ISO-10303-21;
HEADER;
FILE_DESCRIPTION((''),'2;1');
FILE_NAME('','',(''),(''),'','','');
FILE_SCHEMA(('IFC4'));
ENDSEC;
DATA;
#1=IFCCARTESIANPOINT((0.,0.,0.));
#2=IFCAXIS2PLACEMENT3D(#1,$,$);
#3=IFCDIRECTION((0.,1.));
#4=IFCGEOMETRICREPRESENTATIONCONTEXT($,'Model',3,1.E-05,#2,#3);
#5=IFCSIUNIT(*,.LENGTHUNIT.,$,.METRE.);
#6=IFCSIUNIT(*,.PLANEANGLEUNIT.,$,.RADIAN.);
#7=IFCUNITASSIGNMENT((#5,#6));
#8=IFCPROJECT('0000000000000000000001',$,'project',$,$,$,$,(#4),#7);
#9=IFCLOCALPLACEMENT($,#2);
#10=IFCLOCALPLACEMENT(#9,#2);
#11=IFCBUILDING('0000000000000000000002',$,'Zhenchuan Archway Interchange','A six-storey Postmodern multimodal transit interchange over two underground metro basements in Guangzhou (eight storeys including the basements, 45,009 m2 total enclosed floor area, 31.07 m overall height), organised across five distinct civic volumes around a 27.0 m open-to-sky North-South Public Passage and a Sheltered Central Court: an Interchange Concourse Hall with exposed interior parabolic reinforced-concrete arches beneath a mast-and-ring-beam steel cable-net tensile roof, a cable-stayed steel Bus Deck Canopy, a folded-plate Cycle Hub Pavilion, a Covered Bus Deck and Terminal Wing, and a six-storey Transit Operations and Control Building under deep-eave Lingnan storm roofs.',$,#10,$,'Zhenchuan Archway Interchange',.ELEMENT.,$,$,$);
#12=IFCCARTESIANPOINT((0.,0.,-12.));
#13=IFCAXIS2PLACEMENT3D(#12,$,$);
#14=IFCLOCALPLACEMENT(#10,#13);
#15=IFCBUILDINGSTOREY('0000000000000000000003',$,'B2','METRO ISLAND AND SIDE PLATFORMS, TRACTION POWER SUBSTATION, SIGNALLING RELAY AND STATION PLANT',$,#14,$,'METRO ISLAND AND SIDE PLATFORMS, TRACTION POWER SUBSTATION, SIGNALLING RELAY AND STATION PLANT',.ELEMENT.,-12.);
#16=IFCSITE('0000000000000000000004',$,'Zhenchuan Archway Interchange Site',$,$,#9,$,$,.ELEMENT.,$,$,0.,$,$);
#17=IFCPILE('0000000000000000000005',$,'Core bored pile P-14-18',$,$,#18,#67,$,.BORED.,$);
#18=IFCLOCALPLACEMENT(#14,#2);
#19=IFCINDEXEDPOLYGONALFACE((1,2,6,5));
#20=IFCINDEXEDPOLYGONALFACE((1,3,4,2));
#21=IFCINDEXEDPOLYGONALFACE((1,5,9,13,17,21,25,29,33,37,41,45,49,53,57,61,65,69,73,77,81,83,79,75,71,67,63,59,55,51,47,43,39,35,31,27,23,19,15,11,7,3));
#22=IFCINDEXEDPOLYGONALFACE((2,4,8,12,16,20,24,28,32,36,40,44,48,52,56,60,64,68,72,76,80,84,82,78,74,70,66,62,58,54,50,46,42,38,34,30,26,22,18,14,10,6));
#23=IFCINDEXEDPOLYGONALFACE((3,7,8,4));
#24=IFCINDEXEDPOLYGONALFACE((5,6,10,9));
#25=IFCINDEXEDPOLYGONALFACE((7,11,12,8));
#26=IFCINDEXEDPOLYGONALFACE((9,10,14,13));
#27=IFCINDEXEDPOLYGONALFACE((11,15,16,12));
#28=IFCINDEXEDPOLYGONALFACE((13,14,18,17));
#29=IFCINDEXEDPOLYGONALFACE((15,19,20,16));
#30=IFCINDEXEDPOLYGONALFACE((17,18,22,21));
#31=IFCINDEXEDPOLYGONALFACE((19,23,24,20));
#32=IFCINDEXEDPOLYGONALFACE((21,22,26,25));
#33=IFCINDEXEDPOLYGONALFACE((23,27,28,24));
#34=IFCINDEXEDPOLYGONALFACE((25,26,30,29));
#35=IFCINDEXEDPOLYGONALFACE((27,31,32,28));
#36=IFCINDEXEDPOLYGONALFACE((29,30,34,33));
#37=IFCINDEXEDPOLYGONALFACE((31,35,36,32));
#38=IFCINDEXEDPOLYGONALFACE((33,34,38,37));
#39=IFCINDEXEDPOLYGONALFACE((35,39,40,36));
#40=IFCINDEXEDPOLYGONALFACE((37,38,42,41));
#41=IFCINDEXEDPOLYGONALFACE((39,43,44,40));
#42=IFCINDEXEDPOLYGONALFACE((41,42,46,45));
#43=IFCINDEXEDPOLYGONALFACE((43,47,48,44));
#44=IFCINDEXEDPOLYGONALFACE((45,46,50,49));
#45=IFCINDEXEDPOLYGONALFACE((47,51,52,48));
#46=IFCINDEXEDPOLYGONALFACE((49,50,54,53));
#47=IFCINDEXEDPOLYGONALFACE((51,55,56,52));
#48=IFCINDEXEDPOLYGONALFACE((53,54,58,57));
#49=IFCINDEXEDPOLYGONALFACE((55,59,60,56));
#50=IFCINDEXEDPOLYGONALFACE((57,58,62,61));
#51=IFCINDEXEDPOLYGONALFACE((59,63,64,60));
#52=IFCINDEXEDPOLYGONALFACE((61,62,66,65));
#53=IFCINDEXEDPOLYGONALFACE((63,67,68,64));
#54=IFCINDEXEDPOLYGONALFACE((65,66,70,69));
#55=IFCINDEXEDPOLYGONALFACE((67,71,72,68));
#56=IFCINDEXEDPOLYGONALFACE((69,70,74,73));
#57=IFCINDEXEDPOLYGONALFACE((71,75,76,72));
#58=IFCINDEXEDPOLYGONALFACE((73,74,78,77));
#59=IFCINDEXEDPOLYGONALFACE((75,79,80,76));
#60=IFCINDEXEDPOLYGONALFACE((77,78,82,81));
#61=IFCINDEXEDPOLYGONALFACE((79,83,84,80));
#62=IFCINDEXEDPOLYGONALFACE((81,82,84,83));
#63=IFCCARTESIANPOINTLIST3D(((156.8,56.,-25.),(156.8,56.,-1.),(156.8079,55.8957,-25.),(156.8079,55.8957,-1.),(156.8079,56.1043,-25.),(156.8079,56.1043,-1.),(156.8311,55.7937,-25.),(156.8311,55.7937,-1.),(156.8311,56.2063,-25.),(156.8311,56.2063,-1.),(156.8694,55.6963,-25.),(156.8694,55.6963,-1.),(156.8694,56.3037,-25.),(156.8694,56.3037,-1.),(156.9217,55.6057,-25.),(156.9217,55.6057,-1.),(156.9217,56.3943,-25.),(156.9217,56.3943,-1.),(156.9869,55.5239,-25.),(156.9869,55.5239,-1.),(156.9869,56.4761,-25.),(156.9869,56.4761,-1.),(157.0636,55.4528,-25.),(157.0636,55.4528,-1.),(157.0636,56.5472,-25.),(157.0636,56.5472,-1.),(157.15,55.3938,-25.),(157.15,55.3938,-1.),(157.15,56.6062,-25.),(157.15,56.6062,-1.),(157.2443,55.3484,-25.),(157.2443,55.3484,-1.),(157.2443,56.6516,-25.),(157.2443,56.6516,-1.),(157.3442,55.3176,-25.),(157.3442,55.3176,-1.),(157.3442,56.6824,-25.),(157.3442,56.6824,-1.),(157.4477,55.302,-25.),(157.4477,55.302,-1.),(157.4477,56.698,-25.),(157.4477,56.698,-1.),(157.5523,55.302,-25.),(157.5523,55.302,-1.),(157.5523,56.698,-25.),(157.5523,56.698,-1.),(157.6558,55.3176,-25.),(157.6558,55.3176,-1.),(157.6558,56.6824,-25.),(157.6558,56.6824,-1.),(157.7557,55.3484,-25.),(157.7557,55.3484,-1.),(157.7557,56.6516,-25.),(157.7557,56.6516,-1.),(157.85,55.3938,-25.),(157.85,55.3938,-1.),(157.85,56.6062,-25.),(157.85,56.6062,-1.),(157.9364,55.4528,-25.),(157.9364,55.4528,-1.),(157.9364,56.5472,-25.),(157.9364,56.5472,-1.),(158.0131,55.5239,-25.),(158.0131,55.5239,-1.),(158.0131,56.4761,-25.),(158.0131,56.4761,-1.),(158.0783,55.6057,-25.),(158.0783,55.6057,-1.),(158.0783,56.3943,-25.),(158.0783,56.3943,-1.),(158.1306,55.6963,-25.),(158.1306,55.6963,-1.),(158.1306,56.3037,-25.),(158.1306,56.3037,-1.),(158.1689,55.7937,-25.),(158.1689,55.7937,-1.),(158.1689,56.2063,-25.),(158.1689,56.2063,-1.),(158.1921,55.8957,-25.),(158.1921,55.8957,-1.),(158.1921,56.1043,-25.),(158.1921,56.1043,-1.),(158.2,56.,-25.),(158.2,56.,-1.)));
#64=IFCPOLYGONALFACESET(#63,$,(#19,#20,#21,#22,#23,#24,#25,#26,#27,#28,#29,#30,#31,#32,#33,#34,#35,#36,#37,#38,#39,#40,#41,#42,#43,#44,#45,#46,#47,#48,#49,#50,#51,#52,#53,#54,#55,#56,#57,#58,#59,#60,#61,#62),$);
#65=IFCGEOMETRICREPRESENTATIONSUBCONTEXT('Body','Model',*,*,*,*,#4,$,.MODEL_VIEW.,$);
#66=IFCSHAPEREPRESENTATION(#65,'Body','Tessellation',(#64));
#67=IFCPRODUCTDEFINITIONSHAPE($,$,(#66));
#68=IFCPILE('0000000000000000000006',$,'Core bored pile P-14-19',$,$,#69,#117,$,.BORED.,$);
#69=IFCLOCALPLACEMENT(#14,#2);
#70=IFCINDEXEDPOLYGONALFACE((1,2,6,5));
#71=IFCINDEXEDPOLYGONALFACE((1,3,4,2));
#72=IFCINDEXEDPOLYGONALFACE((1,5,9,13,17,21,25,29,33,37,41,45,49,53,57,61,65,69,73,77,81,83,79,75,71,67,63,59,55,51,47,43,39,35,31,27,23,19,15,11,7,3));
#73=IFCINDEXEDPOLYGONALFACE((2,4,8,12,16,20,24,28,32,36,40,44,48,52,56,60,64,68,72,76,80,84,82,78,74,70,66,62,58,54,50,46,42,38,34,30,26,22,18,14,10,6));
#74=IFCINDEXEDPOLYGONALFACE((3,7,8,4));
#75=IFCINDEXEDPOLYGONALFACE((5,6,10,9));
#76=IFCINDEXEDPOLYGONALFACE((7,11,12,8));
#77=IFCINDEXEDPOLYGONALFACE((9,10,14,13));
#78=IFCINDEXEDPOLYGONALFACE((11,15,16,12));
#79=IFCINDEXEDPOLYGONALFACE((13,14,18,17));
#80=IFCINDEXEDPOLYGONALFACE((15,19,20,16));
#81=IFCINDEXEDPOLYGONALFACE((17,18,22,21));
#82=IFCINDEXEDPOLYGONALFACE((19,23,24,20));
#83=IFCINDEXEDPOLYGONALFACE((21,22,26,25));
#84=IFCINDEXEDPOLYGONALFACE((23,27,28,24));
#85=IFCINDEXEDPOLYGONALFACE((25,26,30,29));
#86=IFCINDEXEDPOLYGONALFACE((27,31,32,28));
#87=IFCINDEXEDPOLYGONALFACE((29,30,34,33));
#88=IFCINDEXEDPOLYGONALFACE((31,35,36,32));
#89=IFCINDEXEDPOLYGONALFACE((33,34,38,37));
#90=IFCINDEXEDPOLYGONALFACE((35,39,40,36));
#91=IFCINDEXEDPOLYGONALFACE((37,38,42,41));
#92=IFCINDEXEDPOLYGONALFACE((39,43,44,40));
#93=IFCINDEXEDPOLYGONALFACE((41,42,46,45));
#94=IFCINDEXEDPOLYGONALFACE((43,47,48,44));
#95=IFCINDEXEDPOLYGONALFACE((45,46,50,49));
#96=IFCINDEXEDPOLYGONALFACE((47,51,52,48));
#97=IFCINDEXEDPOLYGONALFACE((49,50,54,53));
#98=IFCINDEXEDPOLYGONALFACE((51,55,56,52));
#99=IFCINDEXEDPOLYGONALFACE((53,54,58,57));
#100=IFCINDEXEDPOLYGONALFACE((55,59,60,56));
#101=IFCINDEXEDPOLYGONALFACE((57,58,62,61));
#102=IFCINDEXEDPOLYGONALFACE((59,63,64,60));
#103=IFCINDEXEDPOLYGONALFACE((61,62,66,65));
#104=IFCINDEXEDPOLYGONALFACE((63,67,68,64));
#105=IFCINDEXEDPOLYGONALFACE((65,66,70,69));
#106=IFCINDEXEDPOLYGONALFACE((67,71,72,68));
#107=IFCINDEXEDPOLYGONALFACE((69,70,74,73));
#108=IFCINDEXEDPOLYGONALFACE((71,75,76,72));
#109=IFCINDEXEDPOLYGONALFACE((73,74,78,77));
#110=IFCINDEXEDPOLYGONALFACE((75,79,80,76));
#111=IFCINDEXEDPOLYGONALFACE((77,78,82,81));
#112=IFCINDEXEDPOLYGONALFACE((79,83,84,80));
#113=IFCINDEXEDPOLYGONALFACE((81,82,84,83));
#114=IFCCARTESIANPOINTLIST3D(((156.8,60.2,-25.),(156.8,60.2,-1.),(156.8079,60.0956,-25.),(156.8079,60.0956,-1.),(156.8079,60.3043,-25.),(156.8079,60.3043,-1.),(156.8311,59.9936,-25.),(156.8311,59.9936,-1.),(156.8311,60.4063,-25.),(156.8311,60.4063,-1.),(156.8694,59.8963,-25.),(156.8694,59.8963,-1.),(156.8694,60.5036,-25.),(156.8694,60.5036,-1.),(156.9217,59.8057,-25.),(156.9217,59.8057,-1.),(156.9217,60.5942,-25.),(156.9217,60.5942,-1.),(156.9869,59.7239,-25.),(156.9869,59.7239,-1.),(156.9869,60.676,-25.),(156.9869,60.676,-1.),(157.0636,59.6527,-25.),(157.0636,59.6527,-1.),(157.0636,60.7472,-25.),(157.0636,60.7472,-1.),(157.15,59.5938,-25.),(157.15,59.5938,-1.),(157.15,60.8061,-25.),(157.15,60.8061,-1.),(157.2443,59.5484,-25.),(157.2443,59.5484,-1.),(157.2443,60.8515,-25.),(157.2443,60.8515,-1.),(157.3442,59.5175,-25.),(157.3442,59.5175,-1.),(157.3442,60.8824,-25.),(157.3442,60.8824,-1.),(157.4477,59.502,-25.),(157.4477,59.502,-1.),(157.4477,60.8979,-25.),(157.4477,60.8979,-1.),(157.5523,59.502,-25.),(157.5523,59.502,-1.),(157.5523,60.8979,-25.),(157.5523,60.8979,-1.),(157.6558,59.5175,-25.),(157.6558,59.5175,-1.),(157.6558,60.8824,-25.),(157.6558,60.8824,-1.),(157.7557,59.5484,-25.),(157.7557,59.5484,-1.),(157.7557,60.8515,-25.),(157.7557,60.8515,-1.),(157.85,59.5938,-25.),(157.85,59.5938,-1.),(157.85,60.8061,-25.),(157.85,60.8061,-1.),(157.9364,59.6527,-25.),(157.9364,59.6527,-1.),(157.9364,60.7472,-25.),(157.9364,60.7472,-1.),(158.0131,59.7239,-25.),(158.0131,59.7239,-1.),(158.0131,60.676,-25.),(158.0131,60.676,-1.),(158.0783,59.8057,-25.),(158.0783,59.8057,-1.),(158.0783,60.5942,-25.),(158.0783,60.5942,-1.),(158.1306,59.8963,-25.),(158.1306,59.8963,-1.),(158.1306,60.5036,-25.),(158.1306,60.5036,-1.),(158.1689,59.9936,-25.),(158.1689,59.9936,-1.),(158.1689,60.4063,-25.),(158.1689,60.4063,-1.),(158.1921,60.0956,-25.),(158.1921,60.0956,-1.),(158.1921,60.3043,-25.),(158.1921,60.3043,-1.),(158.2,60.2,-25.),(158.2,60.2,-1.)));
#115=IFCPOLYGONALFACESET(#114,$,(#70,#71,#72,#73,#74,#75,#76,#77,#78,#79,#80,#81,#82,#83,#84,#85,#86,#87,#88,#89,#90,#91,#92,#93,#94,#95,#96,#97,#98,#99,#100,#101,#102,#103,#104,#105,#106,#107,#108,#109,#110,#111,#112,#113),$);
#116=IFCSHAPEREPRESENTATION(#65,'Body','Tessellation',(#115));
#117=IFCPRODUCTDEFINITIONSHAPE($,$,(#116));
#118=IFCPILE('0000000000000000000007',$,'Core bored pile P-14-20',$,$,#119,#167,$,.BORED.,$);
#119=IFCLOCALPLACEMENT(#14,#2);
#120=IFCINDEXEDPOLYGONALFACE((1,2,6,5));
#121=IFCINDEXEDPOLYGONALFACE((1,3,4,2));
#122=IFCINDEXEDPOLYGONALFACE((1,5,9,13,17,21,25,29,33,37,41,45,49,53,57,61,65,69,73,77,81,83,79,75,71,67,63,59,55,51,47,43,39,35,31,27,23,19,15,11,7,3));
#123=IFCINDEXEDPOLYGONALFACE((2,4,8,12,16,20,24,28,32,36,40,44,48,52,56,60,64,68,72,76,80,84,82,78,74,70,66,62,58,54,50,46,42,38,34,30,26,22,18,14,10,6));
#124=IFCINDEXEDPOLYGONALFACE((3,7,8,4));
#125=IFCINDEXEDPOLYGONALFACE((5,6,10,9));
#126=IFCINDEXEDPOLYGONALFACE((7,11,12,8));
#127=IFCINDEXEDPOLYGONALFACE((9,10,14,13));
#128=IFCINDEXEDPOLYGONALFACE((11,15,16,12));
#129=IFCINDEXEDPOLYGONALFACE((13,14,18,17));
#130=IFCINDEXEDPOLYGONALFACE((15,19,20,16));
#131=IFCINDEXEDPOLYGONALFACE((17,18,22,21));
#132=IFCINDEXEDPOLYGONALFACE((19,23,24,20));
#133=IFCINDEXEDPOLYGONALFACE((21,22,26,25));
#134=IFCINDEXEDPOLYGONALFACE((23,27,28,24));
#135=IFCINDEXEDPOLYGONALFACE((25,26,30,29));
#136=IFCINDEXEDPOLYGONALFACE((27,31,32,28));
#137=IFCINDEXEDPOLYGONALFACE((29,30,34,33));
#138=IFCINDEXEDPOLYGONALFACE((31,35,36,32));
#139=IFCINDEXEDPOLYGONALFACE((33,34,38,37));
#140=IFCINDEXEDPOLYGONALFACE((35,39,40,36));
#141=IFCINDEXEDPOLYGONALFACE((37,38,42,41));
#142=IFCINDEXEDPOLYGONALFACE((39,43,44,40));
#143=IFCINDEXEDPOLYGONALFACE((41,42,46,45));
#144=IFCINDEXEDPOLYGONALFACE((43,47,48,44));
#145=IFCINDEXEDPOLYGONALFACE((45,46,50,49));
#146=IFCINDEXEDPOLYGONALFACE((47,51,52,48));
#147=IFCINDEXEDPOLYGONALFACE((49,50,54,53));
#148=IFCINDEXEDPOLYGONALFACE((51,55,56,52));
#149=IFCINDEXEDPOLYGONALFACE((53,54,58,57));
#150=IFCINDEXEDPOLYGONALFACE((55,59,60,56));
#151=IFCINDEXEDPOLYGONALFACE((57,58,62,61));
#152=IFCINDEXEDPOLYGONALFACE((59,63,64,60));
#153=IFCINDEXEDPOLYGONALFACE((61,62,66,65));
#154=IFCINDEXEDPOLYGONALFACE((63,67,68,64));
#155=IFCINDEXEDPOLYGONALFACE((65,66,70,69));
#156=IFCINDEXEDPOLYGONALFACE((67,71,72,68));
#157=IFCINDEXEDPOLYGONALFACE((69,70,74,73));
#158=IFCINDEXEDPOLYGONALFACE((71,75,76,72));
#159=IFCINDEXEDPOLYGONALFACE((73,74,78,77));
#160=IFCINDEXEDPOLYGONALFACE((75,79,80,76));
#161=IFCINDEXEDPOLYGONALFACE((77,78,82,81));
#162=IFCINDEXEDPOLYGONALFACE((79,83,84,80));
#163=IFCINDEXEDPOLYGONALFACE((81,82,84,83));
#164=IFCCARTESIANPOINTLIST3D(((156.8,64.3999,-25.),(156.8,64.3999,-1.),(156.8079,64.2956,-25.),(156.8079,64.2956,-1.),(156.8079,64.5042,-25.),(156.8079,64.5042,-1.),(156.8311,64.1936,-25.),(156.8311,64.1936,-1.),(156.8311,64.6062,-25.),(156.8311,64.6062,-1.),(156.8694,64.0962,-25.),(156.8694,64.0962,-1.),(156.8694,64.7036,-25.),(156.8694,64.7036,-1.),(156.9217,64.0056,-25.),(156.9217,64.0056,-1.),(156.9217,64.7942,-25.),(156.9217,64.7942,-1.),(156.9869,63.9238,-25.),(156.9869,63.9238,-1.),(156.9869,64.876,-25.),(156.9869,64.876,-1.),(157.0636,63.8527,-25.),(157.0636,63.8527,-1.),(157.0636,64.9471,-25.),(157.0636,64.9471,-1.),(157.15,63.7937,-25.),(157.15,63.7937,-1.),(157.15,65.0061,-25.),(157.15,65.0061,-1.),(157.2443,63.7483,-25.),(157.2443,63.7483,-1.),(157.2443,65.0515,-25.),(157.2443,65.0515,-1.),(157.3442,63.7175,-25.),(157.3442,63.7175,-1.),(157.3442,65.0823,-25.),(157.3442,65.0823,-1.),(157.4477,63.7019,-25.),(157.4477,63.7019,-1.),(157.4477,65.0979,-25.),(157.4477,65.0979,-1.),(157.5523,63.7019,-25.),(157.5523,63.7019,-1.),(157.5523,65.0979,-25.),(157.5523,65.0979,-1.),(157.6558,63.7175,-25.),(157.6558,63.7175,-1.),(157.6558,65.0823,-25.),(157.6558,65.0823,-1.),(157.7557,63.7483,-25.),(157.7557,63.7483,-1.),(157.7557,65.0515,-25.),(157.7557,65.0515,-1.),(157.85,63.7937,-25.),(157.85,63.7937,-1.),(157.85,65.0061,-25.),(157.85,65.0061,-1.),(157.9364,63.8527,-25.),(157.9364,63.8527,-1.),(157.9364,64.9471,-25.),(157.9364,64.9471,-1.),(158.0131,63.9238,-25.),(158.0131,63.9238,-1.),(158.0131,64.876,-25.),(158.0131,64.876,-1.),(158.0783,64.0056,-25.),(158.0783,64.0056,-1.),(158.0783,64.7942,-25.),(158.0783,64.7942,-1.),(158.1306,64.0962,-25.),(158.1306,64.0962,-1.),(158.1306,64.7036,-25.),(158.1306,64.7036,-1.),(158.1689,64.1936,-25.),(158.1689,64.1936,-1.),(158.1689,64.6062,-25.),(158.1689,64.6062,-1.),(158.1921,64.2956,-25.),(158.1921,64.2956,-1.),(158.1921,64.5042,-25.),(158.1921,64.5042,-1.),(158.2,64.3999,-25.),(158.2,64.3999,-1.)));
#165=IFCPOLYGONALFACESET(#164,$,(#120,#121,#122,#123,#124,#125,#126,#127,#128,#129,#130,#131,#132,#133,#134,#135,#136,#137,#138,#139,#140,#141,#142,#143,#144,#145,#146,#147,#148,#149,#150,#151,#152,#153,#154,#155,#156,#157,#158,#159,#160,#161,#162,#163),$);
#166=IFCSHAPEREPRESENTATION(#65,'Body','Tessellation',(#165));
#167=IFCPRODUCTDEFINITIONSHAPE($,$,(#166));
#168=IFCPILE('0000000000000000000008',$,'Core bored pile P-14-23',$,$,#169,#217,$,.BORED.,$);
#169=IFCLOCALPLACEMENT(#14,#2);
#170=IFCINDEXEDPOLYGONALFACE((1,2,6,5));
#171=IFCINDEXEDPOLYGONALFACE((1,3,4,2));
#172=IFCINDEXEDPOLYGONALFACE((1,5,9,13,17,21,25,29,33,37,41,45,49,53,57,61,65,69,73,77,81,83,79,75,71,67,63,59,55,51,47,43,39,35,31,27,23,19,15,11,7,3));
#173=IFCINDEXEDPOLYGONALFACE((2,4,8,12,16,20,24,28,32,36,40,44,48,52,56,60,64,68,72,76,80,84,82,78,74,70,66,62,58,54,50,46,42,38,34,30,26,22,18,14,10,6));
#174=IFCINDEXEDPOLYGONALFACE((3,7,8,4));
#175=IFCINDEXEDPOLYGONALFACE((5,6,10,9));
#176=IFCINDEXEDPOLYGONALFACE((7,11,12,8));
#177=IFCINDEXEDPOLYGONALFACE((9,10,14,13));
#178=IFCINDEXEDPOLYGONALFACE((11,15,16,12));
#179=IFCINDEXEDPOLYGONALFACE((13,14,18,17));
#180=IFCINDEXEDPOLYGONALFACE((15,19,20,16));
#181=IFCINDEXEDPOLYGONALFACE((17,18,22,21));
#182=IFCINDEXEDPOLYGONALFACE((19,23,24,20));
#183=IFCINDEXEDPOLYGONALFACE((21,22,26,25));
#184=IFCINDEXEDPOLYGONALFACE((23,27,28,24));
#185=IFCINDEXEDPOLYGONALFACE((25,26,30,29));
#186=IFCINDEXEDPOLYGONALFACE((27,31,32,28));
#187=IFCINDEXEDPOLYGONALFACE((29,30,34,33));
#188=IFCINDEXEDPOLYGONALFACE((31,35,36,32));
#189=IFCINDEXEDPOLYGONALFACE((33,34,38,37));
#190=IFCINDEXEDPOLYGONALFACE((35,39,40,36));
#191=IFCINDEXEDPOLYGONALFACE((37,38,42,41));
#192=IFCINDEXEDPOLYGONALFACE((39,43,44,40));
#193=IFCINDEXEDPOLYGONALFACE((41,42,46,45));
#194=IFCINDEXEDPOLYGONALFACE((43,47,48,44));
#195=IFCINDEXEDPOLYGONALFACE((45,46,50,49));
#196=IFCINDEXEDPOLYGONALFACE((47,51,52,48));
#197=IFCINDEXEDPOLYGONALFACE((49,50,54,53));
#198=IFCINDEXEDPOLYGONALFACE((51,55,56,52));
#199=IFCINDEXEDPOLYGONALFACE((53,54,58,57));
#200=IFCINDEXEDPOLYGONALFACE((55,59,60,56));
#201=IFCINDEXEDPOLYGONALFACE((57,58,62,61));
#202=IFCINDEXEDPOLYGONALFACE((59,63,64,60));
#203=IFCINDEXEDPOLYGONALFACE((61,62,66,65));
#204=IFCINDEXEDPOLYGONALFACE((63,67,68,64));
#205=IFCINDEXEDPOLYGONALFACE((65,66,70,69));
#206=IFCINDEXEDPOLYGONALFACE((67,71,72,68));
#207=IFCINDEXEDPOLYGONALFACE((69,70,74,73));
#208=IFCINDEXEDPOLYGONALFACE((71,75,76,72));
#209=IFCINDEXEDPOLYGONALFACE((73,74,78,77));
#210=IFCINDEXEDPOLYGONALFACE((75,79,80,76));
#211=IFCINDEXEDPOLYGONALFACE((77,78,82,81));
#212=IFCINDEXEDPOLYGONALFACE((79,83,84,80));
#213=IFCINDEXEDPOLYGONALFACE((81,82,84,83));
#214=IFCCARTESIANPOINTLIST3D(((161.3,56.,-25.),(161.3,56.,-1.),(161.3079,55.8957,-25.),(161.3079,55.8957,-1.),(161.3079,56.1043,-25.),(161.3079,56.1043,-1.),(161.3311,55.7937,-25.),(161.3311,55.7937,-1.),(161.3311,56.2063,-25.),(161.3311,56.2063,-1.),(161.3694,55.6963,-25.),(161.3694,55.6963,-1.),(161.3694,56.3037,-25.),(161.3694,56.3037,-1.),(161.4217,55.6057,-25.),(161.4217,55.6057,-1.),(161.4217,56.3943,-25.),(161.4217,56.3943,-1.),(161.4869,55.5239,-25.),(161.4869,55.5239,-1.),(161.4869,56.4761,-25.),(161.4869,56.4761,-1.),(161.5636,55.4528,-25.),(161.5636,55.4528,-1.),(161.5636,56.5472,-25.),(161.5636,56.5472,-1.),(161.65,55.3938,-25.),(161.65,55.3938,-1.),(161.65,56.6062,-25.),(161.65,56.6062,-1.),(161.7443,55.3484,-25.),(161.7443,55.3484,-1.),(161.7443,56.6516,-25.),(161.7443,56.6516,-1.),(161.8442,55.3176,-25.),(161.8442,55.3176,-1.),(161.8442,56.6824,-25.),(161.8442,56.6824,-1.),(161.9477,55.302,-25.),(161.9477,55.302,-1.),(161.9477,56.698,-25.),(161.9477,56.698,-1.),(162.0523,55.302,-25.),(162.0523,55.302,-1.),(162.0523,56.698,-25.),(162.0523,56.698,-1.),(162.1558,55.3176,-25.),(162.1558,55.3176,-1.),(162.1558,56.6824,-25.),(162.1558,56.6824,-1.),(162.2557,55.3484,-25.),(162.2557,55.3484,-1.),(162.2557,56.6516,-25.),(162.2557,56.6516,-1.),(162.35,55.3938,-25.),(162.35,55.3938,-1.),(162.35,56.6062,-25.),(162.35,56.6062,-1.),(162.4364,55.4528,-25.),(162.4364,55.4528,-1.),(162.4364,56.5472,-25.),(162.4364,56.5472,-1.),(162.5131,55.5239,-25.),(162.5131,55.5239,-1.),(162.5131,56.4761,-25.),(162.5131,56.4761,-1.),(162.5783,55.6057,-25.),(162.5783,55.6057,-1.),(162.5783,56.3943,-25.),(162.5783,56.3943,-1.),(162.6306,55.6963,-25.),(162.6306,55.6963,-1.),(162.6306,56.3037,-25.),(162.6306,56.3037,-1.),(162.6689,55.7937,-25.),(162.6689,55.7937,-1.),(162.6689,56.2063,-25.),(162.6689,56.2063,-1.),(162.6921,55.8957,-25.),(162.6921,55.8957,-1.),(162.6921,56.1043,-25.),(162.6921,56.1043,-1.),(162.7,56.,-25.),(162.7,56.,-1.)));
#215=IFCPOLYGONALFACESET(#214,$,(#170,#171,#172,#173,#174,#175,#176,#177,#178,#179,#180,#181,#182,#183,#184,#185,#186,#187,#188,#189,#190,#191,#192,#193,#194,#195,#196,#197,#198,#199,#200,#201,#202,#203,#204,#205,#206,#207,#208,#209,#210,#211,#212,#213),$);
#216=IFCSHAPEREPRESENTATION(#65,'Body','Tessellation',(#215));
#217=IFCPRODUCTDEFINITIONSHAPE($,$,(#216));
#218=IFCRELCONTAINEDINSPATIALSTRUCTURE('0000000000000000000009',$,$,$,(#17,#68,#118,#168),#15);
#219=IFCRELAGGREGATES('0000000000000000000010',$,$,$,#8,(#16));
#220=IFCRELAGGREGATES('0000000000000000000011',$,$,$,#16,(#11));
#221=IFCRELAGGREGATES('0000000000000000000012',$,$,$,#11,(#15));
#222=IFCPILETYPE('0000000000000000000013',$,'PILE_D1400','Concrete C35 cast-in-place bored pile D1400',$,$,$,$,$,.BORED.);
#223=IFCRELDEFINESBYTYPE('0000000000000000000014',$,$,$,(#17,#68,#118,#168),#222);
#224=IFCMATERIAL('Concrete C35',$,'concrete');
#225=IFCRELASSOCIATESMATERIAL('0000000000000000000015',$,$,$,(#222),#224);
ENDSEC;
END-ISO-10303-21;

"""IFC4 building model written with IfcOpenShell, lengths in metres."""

from ifc_helpers import new_model, si_unit, direction, frame, origin, origin_2d, place, context, subcontext, project, spatial, circle, extrude, material, material_profile, profile_set, type_object, element, save


model = new_model("IFC4")

# Units and contexts
model_context = context("Model", 3, precision=1e-05, world=origin(), true_north=direction((0.0, 1.0)))
body_context = subcontext(model_context, "Body", "Model", "MODEL_VIEW")
ifc_project = project(units=[si_unit("LENGTHUNIT", "METRE"), si_unit("PLANEANGLEUNIT", "RADIAN")], contexts=[model_context])

# Site, building, storey
site_placement = place(None, origin())
site = spatial("IfcSite", under=ifc_project, at=site_placement, Name="Zhenchuan Archway Interchange Site", CompositionType="ELEMENT", RefElevation=0.0)
building_placement = place(site_placement, origin())
building = spatial("IfcBuilding", under=site, at=building_placement, Name="Zhenchuan Archway Interchange", Description="A six-storey Postmodern multimodal transit interchange over two underground metro basements in Guangzhou (eight storeys including the basements, 45,009 m2 total enclosed floor area, 31.07 m overall height), organised across five distinct civic volumes around a 27.0 m open-to-sky North-South Public Passage and a Sheltered Central Court: an Interchange Concourse Hall with exposed interior parabolic reinforced-concrete arches beneath a mast-and-ring-beam steel cable-net tensile roof, a cable-stayed steel Bus Deck Canopy, a folded-plate Cycle Hub Pavilion, a Covered Bus Deck and Terminal Wing, and a six-storey Transit Operations and Control Building under deep-eave Lingnan storm roofs.", LongName="Zhenchuan Archway Interchange", CompositionType="ELEMENT")
storey_placement = place(building_placement, frame((0.0, 0.0, -12.0)))
storey = spatial("IfcBuildingStorey", under=building, at=storey_placement, Name="B2", Description="METRO ISLAND AND SIDE PLATFORMS, TRACTION POWER SUBSTATION, SIGNALLING RELAY AND STATION PLANT", LongName="METRO ISLAND AND SIDE PLATFORMS, TRACTION POWER SUBSTATION, SIGNALLING RELAY AND STATION PLANT", CompositionType="ELEMENT", Elevation=-12.0)

# Piles
ifc_material_1 = material(Name="Concrete C35", Category="concrete")
ifc_material_profile_1 = material_profile(ifc_material_1, circle(Radius=0.7, at=origin_2d()), Name="BORED PILE 1400")
ifc_profile_set_1 = profile_set([ifc_material_profile_1], Name="Concrete C35")
pile_type_1 = type_object("IfcPileType", Name="PILE_D1400", Description="Concrete C35 cast-in-place bored pile D1400", PredefinedType="BORED", material=ifc_profile_set_1)
for number, where, z_axis, x_axis, name in (
    (1, (157.5, 56.0, -1.0), (0.0, 0.0, -1.0), (1.0, 0.0, 0.0), "Core bored pile P-14-18"),
    (2, (157.5, 60.2, -1.0), (0.0, 0.0, -1.0), (1.0, 0.0, 0.0), "Core bored pile P-14-19"),
    (3, (157.5, 64.3999, -1.0), (0.0, 0.0, -1.0), (1.0, 0.0, 0.0), "Core bored pile P-14-20"),
    (4, (162.0, 56.0, -1.0), (0.0, 0.0, -1.0), (1.0, 0.0, 0.0), "Core bored pile P-14-23"),
):
    element("IfcPile", number, at=place(storey_placement, frame(where, z_axis=z_axis, x_axis=x_axis)), inside=storey, type_object=pile_type_1, Name=name, PredefinedType="BORED", context=body_context, shape_type="SweptSolid", body=[
        extrude(circle(Radius=0.7, at=origin_2d()), origin(), (0.0, 0.0, 1.0), 24.0),
    ])

save(model, "model.ifc")
